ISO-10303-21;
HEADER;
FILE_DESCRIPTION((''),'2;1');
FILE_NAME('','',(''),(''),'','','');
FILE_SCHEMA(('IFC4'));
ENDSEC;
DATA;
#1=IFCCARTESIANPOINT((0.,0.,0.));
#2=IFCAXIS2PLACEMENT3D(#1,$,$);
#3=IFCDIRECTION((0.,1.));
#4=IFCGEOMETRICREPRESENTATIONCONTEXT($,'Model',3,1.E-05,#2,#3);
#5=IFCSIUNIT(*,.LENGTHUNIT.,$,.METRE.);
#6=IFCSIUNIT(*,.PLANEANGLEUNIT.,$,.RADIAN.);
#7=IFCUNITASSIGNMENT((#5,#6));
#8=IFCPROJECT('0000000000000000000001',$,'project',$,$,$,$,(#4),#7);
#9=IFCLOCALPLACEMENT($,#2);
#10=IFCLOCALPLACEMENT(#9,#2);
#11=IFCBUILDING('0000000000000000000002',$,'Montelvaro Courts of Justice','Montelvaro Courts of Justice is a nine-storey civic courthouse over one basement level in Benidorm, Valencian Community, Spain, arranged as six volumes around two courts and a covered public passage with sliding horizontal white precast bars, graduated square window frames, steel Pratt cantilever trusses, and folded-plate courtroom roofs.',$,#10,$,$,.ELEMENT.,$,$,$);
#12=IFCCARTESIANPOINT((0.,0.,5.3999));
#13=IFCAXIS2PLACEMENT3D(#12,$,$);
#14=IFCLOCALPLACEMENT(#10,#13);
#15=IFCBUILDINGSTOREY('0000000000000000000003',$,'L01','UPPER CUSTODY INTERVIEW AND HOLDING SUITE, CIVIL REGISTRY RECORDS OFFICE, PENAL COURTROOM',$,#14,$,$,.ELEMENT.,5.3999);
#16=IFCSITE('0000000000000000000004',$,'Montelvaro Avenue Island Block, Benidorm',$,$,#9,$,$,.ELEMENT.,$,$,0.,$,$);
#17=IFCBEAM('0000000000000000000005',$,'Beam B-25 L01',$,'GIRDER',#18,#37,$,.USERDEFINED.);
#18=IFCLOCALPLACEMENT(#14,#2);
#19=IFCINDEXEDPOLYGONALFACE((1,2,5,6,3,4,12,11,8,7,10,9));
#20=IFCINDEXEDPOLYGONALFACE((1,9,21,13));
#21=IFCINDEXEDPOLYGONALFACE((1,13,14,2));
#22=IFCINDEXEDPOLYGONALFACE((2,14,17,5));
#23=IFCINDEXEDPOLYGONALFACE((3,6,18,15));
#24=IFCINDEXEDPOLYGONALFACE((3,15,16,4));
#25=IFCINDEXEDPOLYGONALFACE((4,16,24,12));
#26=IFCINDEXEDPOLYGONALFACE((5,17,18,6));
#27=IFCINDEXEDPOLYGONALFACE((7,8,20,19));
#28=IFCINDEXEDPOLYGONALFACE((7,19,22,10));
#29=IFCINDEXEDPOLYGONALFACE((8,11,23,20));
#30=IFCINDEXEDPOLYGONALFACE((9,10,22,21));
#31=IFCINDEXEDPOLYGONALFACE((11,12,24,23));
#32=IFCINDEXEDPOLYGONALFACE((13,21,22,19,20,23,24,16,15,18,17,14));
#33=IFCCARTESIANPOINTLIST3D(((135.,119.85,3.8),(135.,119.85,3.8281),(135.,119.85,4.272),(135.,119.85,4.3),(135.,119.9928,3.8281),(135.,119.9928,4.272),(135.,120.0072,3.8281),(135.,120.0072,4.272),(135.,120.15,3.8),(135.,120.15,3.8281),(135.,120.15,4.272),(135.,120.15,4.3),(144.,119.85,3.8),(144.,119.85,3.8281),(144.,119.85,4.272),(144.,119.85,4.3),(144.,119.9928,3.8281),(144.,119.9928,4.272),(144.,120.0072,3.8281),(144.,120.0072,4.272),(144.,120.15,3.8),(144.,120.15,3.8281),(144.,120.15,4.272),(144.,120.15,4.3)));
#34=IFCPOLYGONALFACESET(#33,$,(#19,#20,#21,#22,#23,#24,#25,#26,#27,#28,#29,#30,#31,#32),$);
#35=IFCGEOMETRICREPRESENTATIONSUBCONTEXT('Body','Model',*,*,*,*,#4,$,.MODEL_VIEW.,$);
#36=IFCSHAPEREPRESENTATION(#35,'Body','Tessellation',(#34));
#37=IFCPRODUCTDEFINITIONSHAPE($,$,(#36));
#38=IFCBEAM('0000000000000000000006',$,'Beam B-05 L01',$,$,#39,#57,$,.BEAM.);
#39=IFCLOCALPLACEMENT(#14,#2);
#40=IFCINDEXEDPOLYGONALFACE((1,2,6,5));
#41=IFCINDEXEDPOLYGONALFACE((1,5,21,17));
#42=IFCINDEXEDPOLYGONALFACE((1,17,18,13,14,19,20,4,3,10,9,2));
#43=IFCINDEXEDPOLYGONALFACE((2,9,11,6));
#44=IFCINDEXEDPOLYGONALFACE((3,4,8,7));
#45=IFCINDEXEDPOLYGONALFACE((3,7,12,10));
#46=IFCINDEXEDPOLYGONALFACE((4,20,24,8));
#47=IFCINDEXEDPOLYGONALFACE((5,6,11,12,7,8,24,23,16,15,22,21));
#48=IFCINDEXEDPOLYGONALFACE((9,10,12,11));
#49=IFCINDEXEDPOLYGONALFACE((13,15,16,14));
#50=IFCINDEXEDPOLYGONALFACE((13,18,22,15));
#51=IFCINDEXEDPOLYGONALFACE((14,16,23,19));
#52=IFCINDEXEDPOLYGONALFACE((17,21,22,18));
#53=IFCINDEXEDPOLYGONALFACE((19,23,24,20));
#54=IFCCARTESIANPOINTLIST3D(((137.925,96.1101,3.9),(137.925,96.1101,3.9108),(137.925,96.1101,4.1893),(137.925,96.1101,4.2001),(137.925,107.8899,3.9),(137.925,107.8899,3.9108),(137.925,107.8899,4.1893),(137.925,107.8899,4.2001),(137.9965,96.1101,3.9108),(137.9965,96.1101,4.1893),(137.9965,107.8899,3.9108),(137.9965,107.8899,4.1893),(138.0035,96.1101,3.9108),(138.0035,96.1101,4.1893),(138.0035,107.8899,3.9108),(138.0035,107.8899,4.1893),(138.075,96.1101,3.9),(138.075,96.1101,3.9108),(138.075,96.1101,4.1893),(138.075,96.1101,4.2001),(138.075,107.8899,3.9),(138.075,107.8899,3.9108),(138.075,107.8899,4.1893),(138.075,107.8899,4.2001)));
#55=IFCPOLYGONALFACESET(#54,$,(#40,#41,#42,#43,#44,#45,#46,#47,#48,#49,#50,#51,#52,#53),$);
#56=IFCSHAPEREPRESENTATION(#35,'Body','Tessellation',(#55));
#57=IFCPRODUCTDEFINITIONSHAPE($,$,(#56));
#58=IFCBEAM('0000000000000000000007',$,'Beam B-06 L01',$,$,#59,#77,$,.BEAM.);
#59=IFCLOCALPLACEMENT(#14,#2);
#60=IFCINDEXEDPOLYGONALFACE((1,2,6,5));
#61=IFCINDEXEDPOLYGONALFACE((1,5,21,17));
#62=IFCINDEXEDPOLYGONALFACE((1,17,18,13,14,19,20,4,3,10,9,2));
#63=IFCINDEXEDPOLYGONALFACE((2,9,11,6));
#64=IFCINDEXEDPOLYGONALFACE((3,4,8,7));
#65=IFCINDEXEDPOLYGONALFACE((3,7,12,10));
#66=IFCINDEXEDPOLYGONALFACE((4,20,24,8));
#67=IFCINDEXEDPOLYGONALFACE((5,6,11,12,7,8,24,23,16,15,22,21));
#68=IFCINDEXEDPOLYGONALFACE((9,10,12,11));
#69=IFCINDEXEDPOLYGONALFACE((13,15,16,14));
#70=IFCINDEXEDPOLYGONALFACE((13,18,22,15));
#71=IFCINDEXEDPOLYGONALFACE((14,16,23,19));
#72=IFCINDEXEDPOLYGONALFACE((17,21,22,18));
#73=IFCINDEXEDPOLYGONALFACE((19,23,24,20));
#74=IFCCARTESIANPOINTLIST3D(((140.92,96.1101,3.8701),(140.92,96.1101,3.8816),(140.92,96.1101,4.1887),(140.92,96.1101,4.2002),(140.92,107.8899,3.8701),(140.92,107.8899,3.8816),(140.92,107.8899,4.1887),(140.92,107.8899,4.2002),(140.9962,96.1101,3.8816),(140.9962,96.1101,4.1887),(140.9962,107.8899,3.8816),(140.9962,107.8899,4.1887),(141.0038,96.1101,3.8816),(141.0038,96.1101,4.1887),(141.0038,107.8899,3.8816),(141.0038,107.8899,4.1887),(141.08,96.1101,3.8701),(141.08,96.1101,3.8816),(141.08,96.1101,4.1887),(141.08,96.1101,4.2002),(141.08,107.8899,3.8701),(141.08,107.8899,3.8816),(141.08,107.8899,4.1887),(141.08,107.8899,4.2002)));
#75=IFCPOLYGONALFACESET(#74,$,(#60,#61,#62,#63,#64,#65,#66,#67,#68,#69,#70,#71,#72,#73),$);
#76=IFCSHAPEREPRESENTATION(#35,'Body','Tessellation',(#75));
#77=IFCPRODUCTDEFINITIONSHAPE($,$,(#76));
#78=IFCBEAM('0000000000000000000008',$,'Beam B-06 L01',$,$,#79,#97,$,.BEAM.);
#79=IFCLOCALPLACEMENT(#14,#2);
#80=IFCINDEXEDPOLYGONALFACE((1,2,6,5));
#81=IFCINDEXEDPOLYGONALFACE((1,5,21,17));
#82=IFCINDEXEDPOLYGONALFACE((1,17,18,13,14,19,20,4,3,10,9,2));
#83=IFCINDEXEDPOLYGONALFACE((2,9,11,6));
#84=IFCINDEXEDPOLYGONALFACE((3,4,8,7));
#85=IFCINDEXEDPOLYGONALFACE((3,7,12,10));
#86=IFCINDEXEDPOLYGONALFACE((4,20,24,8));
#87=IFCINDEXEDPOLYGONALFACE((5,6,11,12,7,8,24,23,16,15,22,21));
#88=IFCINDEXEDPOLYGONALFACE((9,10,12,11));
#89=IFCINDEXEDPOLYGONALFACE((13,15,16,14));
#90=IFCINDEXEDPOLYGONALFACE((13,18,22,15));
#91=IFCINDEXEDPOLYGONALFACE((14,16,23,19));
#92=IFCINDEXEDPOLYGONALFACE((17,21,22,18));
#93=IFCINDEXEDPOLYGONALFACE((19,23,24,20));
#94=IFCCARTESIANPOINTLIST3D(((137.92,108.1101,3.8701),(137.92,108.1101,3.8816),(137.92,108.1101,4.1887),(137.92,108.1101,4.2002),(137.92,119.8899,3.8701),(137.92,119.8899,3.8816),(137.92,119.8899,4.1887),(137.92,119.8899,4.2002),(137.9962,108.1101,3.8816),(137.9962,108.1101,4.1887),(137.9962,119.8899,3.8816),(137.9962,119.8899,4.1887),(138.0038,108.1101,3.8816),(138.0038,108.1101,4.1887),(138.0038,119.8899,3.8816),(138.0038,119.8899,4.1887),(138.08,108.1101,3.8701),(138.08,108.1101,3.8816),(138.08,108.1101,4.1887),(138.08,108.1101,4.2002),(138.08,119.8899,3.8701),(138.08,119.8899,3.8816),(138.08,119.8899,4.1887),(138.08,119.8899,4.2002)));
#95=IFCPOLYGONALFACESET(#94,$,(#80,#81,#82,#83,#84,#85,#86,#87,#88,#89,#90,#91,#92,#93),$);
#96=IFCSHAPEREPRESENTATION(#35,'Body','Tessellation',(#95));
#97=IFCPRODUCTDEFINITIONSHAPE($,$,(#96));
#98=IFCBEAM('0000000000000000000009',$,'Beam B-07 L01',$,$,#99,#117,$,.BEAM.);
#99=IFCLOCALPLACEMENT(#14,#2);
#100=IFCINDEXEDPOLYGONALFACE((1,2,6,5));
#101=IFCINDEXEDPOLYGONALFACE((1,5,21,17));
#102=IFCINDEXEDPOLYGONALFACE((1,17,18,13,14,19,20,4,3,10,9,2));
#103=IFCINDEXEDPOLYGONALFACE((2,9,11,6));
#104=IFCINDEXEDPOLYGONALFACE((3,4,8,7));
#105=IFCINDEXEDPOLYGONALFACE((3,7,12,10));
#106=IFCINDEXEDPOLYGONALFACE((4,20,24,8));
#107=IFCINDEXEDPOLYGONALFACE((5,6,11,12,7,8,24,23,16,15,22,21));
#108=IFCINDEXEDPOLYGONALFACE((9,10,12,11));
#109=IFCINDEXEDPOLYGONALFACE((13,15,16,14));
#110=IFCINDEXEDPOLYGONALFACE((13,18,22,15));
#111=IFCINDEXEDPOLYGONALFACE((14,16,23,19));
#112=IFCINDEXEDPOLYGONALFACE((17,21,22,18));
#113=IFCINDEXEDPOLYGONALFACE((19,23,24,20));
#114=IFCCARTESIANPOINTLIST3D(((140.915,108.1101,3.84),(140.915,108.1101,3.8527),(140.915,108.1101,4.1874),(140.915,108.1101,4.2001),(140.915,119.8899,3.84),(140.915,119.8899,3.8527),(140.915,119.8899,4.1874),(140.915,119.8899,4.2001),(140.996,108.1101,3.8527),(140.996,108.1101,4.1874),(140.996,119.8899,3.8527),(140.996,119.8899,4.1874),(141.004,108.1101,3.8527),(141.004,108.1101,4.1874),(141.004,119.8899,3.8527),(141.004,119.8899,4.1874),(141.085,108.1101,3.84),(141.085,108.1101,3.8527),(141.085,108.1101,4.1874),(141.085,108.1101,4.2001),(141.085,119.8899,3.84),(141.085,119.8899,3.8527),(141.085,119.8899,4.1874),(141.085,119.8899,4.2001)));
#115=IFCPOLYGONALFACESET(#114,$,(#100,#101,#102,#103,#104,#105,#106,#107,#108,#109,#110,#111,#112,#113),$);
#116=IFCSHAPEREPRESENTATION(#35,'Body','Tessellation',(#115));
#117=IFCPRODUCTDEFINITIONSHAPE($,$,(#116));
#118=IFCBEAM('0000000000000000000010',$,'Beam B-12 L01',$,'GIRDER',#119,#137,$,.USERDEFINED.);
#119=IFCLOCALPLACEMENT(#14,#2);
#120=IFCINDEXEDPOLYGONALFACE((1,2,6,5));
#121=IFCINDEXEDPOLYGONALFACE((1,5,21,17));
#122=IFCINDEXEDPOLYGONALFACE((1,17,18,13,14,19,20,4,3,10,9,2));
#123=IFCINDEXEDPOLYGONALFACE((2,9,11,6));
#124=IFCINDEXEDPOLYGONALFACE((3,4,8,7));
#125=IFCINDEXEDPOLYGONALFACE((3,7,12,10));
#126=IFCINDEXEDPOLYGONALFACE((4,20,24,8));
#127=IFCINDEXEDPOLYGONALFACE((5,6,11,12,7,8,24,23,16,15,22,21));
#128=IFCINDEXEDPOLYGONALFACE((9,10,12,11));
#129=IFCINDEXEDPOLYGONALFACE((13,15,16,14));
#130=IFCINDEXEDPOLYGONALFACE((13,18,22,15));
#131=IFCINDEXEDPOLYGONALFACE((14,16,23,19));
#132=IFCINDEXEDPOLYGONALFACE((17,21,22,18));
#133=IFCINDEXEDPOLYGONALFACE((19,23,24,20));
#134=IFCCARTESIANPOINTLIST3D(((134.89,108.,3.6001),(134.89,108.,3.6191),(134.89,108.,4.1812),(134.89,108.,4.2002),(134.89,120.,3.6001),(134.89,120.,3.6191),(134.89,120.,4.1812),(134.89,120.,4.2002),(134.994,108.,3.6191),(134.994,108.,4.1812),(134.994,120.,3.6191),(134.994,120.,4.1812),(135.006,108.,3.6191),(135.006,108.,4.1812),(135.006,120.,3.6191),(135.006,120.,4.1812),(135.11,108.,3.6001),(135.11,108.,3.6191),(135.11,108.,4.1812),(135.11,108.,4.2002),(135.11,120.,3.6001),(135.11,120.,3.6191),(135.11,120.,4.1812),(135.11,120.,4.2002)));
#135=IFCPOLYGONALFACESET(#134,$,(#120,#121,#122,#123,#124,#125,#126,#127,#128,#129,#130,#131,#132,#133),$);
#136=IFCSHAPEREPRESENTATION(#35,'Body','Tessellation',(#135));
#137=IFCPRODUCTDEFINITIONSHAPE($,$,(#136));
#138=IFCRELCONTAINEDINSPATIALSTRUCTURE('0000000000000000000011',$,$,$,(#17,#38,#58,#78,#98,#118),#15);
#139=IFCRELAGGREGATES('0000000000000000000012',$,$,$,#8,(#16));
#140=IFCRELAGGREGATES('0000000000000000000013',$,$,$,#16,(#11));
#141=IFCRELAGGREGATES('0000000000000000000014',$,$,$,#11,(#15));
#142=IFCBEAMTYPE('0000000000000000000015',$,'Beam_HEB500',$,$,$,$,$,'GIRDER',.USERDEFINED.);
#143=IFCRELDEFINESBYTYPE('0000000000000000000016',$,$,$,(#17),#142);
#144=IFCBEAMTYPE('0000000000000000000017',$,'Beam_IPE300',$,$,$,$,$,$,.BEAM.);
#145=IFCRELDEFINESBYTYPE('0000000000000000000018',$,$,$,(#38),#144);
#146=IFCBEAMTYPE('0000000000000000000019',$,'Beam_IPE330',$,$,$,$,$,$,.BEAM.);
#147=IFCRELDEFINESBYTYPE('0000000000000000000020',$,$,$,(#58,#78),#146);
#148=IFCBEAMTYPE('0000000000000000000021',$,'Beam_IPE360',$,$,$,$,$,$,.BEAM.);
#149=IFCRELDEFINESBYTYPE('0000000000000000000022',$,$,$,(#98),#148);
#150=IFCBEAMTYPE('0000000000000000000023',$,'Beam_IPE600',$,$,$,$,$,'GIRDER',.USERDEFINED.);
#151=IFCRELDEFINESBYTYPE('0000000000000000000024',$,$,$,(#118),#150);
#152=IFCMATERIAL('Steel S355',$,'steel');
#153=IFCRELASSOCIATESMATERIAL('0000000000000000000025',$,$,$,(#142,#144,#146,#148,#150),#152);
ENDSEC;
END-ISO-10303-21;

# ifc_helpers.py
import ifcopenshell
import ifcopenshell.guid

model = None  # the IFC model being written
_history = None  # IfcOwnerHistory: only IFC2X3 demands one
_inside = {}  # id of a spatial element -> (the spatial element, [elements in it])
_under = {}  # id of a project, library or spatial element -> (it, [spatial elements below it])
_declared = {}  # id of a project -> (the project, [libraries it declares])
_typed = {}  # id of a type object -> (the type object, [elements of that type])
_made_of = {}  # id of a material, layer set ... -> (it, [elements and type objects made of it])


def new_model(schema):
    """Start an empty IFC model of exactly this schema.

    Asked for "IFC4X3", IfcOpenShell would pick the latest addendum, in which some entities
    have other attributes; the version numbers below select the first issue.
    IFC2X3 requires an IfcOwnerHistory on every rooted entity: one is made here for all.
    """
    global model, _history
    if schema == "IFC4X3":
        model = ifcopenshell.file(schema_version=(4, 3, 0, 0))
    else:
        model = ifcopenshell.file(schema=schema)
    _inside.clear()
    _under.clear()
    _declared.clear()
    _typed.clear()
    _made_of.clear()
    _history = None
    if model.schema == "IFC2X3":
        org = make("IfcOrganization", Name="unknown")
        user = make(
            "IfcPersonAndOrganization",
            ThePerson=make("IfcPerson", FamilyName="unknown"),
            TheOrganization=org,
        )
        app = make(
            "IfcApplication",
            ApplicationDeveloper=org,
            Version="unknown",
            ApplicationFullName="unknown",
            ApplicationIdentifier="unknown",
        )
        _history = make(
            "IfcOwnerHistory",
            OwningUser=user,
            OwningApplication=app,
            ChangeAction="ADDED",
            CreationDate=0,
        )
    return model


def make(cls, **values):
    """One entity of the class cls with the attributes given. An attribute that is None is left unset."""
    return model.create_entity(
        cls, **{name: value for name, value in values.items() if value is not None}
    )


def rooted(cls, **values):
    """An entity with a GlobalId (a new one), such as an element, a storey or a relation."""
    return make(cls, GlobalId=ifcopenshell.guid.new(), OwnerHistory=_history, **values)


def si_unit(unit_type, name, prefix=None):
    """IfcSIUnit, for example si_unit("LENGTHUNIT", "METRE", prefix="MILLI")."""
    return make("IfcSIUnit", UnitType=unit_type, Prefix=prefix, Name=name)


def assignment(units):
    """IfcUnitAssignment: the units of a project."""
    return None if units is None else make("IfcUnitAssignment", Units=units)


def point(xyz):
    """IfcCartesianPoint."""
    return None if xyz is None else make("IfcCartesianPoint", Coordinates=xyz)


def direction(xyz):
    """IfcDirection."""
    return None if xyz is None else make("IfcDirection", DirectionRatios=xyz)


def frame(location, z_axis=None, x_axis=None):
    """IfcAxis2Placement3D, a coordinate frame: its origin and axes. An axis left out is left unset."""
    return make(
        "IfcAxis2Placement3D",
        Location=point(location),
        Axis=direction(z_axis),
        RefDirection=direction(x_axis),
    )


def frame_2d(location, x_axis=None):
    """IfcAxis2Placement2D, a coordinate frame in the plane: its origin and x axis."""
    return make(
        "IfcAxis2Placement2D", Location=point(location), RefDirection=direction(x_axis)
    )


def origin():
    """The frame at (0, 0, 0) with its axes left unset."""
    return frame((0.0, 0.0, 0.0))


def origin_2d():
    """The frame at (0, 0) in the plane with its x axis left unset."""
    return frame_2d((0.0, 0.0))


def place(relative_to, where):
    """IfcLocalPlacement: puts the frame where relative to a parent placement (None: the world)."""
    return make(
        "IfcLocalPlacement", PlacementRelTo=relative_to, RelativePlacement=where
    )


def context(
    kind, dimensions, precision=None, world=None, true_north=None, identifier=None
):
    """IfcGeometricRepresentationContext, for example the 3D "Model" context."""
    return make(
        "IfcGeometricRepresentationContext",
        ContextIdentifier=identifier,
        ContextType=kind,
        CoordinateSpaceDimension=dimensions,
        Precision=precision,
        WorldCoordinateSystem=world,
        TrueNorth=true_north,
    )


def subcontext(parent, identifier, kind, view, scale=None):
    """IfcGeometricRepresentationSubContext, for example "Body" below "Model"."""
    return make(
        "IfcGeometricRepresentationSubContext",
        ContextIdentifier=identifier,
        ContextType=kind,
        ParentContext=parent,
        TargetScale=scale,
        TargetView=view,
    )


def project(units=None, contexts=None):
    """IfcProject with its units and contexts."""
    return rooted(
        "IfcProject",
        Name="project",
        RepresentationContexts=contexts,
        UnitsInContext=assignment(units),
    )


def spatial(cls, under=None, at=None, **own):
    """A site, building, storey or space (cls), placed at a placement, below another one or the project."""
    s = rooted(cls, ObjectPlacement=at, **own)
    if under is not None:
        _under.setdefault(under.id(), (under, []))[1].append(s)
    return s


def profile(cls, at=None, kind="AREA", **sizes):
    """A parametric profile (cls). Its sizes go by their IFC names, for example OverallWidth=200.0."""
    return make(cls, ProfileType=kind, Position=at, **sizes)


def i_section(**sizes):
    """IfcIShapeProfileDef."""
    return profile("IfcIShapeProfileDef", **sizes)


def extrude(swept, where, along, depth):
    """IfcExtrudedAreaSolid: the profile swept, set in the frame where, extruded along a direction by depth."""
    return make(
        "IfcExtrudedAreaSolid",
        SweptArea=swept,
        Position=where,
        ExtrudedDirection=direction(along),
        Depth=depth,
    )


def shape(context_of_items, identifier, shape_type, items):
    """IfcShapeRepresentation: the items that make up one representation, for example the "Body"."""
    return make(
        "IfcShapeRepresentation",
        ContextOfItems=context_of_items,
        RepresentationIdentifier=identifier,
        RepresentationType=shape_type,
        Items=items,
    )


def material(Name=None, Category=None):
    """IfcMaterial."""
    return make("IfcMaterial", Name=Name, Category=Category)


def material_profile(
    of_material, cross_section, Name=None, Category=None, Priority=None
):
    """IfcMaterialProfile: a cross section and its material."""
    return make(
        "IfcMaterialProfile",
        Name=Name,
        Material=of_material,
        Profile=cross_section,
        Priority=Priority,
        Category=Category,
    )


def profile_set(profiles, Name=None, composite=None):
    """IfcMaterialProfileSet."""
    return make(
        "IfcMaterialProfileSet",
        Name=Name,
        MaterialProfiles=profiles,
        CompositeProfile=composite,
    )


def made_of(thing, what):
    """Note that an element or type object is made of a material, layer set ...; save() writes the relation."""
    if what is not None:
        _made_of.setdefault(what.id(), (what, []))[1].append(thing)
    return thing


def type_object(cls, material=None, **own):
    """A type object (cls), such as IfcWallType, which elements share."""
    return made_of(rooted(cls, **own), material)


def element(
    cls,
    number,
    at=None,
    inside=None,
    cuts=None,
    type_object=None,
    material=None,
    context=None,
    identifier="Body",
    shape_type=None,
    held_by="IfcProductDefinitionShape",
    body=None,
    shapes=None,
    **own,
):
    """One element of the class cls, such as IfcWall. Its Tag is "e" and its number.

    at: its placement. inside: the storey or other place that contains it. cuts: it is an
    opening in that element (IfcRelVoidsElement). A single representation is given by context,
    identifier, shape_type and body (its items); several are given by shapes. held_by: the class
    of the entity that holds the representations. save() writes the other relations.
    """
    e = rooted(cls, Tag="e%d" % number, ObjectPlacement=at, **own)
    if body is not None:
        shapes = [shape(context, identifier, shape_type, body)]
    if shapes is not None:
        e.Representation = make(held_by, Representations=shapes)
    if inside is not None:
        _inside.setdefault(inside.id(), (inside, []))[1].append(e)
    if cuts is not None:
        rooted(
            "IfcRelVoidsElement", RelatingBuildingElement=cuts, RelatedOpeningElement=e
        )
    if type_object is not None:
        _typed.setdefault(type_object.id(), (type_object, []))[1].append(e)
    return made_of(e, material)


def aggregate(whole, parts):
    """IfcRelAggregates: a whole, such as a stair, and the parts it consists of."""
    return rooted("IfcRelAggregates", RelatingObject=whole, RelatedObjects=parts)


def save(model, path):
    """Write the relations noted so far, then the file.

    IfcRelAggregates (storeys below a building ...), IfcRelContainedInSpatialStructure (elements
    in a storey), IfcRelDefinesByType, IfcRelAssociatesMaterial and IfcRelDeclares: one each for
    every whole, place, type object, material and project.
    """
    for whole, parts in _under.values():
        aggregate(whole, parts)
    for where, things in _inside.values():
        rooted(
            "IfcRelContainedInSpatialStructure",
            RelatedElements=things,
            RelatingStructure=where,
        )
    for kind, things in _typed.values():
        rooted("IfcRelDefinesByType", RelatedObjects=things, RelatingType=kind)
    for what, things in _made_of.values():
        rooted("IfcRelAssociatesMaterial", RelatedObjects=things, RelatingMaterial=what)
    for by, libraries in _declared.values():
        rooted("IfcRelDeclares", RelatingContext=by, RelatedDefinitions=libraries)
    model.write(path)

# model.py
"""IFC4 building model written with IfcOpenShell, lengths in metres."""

from ifc_helpers import new_model, si_unit, direction, frame, origin, origin_2d, place, context, subcontext, project, spatial, i_section, extrude, material, material_profile, profile_set, type_object, element, save


model = new_model("IFC4")

# Units and contexts
model_context = context("Model", 3, precision=1e-05, world=origin(), true_north=direction((0.0, 1.0)))
body_context = subcontext(model_context, "Body", "Model", "MODEL_VIEW")
ifc_project = project(units=[si_unit("LENGTHUNIT", "METRE"), si_unit("PLANEANGLEUNIT", "RADIAN")], contexts=[model_context])

# Site, building, storey
site_placement = place(None, origin())
site = spatial("IfcSite", under=ifc_project, at=site_placement, Name="Montelvaro Avenue Island Block, Benidorm", CompositionType="ELEMENT", RefElevation=0.0)
building_placement = place(site_placement, origin())
building = spatial("IfcBuilding", under=site, at=building_placement, Name="Montelvaro Courts of Justice", Description="Montelvaro Courts of Justice is a nine-storey civic courthouse over one basement level in Benidorm, Valencian Community, Spain, arranged as six volumes around two courts and a covered public passage with sliding horizontal white precast bars, graduated square window frames, steel Pratt cantilever trusses, and folded-plate courtroom roofs.", CompositionType="ELEMENT")
storey_placement = place(building_placement, frame((0.0, 0.0, 5.3999)))
storey = spatial("IfcBuildingStorey", under=building, at=storey_placement, Name="L01", Description="UPPER CUSTODY INTERVIEW AND HOLDING SUITE, CIVIL REGISTRY RECORDS OFFICE, PENAL COURTROOM", CompositionType="ELEMENT", Elevation=5.3999)

# Shared definitions
ifc_material_1 = material(Name="Steel S355", Category="steel")

# Beams
ifc_material_profile_1 = material_profile(ifc_material_1, i_section(OverallWidth=0.3, OverallDepth=0.5, WebThickness=0.0144, FlangeThickness=0.0281, at=origin_2d()), Name="HEB 500")
ifc_profile_set_1 = profile_set([ifc_material_profile_1], Name="Steel S355")
beam_type_1 = type_object("IfcBeamType", Name="Beam_HEB500", ElementType="GIRDER", PredefinedType="USERDEFINED", material=ifc_profile_set_1)
beam_1_placement = place(storey_placement, frame((135.0, 120.0, 4.05), z_axis=(1.0, 0.0, 0.0), x_axis=(0.0, 1.0, 0.0)))
element("IfcBeam", 1, at=beam_1_placement, inside=storey, type_object=beam_type_1, Name="Beam B-25 L01", ObjectType="GIRDER", PredefinedType="USERDEFINED", context=body_context, shape_type="SweptSolid", body=[
    extrude(i_section(OverallWidth=0.3, OverallDepth=0.5, WebThickness=0.0144, FlangeThickness=0.0281, at=origin_2d()), origin(), (0.0, 0.0, 1.0), 9.0),
])
ifc_material_profile_2 = material_profile(ifc_material_1, i_section(OverallWidth=0.1499, OverallDepth=0.3, WebThickness=0.0071, FlangeThickness=0.0107, at=origin_2d()), Name="IPE 300")
ifc_profile_set_2 = profile_set([ifc_material_profile_2], Name="Steel S355")
beam_type_2 = type_object("IfcBeamType", Name="Beam_IPE300", PredefinedType="BEAM", material=ifc_profile_set_2)
beam_2_placement = place(storey_placement, frame((138.0, 96.1101, 4.05), z_axis=(0.0, 1.0, 0.0), x_axis=(-1.0, 0.0, 0.0)))
element("IfcBeam", 2, at=beam_2_placement, inside=storey, type_object=beam_type_2, Name="Beam B-05 L01", PredefinedType="BEAM", context=body_context, shape_type="SweptSolid", body=[
    extrude(i_section(OverallWidth=0.1499, OverallDepth=0.3, WebThickness=0.0071, FlangeThickness=0.0107, at=origin_2d()), origin(), (0.0, 0.0, 1.0), 11.7798),
])
ifc_material_profile_3 = material_profile(ifc_material_1, i_section(OverallWidth=0.1599, OverallDepth=0.3301, WebThickness=0.0076, FlangeThickness=0.0115, at=origin_2d()), Name="IPE 330")
ifc_profile_set_3 = profile_set([ifc_material_profile_3], Name="Steel S355")
beam_type_3 = type_object("IfcBeamType", Name="Beam_IPE330", PredefinedType="BEAM", material=ifc_profile_set_3)
for number, where, z_axis, x_axis, name in (
    (3, (141.0, 96.1101, 4.0352), (0.0, 1.0, 0.0), (-1.0, 0.0, 0.0), "Beam B-06 L01"),
    (4, (138.0, 108.1101, 4.0352), (0.0, 1.0, 0.0), (-1.0, 0.0, 0.0), "Beam B-06 L01"),
):
    element("IfcBeam", number, at=place(storey_placement, frame(where, z_axis=z_axis, x_axis=x_axis)), inside=storey, type_object=beam_type_3, Name=name, PredefinedType="BEAM", context=body_context, shape_type="SweptSolid", body=[
        extrude(i_section(OverallWidth=0.1599, OverallDepth=0.3301, WebThickness=0.0076, FlangeThickness=0.0115, at=origin_2d()), origin(), (0.0, 0.0, 1.0), 11.7798),
    ])
ifc_material_profile_4 = material_profile(ifc_material_1, i_section(OverallWidth=0.1699, OverallDepth=0.3601, WebThickness=0.0081, FlangeThickness=0.0127, at=origin_2d()), Name="IPE 360")
ifc_profile_set_4 = profile_set([ifc_material_profile_4], Name="Steel S355")
beam_type_4 = type_object("IfcBeamType", Name="Beam_IPE360", PredefinedType="BEAM", material=ifc_profile_set_4)
beam_3_placement = place(storey_placement, frame((141.0, 108.1101, 4.02), z_axis=(0.0, 1.0, 0.0), x_axis=(-1.0, 0.0, 0.0)))
element("IfcBeam", 5, at=beam_3_placement, inside=storey, type_object=beam_type_4, Name="Beam B-07 L01", PredefinedType="BEAM", context=body_context, shape_type="SweptSolid", body=[
    extrude(i_section(OverallWidth=0.1699, OverallDepth=0.3601, WebThickness=0.0081, FlangeThickness=0.0127, at=origin_2d()), origin(), (0.0, 0.0, 1.0), 11.7798),
])
ifc_material_profile_5 = material_profile(ifc_material_1, i_section(OverallWidth=0.22, OverallDepth=0.6001, WebThickness=0.012, FlangeThickness=0.019, at=origin_2d()), Name="IPE 600")
ifc_profile_set_5 = profile_set([ifc_material_profile_5], Name="Steel S355")
beam_type_5 = type_object("IfcBeamType", Name="Beam_IPE600", ElementType="GIRDER", PredefinedType="USERDEFINED", material=ifc_profile_set_5)
beam_4_placement = place(storey_placement, frame((135.0, 108.0, 3.9001), z_axis=(0.0, 1.0, 0.0), x_axis=(-1.0, 0.0, 0.0)))
element("IfcBeam", 6, at=beam_4_placement, inside=storey, type_object=beam_type_5, Name="Beam B-12 L01", ObjectType="GIRDER", PredefinedType="USERDEFINED", context=body_context, shape_type="SweptSolid", body=[
    extrude(i_section(OverallWidth=0.22, OverallDepth=0.6001, WebThickness=0.012, FlangeThickness=0.019, at=origin_2d()), origin(), (0.0, 0.0, 1.0), 12.0),
])

save(model, "model.ifc")
